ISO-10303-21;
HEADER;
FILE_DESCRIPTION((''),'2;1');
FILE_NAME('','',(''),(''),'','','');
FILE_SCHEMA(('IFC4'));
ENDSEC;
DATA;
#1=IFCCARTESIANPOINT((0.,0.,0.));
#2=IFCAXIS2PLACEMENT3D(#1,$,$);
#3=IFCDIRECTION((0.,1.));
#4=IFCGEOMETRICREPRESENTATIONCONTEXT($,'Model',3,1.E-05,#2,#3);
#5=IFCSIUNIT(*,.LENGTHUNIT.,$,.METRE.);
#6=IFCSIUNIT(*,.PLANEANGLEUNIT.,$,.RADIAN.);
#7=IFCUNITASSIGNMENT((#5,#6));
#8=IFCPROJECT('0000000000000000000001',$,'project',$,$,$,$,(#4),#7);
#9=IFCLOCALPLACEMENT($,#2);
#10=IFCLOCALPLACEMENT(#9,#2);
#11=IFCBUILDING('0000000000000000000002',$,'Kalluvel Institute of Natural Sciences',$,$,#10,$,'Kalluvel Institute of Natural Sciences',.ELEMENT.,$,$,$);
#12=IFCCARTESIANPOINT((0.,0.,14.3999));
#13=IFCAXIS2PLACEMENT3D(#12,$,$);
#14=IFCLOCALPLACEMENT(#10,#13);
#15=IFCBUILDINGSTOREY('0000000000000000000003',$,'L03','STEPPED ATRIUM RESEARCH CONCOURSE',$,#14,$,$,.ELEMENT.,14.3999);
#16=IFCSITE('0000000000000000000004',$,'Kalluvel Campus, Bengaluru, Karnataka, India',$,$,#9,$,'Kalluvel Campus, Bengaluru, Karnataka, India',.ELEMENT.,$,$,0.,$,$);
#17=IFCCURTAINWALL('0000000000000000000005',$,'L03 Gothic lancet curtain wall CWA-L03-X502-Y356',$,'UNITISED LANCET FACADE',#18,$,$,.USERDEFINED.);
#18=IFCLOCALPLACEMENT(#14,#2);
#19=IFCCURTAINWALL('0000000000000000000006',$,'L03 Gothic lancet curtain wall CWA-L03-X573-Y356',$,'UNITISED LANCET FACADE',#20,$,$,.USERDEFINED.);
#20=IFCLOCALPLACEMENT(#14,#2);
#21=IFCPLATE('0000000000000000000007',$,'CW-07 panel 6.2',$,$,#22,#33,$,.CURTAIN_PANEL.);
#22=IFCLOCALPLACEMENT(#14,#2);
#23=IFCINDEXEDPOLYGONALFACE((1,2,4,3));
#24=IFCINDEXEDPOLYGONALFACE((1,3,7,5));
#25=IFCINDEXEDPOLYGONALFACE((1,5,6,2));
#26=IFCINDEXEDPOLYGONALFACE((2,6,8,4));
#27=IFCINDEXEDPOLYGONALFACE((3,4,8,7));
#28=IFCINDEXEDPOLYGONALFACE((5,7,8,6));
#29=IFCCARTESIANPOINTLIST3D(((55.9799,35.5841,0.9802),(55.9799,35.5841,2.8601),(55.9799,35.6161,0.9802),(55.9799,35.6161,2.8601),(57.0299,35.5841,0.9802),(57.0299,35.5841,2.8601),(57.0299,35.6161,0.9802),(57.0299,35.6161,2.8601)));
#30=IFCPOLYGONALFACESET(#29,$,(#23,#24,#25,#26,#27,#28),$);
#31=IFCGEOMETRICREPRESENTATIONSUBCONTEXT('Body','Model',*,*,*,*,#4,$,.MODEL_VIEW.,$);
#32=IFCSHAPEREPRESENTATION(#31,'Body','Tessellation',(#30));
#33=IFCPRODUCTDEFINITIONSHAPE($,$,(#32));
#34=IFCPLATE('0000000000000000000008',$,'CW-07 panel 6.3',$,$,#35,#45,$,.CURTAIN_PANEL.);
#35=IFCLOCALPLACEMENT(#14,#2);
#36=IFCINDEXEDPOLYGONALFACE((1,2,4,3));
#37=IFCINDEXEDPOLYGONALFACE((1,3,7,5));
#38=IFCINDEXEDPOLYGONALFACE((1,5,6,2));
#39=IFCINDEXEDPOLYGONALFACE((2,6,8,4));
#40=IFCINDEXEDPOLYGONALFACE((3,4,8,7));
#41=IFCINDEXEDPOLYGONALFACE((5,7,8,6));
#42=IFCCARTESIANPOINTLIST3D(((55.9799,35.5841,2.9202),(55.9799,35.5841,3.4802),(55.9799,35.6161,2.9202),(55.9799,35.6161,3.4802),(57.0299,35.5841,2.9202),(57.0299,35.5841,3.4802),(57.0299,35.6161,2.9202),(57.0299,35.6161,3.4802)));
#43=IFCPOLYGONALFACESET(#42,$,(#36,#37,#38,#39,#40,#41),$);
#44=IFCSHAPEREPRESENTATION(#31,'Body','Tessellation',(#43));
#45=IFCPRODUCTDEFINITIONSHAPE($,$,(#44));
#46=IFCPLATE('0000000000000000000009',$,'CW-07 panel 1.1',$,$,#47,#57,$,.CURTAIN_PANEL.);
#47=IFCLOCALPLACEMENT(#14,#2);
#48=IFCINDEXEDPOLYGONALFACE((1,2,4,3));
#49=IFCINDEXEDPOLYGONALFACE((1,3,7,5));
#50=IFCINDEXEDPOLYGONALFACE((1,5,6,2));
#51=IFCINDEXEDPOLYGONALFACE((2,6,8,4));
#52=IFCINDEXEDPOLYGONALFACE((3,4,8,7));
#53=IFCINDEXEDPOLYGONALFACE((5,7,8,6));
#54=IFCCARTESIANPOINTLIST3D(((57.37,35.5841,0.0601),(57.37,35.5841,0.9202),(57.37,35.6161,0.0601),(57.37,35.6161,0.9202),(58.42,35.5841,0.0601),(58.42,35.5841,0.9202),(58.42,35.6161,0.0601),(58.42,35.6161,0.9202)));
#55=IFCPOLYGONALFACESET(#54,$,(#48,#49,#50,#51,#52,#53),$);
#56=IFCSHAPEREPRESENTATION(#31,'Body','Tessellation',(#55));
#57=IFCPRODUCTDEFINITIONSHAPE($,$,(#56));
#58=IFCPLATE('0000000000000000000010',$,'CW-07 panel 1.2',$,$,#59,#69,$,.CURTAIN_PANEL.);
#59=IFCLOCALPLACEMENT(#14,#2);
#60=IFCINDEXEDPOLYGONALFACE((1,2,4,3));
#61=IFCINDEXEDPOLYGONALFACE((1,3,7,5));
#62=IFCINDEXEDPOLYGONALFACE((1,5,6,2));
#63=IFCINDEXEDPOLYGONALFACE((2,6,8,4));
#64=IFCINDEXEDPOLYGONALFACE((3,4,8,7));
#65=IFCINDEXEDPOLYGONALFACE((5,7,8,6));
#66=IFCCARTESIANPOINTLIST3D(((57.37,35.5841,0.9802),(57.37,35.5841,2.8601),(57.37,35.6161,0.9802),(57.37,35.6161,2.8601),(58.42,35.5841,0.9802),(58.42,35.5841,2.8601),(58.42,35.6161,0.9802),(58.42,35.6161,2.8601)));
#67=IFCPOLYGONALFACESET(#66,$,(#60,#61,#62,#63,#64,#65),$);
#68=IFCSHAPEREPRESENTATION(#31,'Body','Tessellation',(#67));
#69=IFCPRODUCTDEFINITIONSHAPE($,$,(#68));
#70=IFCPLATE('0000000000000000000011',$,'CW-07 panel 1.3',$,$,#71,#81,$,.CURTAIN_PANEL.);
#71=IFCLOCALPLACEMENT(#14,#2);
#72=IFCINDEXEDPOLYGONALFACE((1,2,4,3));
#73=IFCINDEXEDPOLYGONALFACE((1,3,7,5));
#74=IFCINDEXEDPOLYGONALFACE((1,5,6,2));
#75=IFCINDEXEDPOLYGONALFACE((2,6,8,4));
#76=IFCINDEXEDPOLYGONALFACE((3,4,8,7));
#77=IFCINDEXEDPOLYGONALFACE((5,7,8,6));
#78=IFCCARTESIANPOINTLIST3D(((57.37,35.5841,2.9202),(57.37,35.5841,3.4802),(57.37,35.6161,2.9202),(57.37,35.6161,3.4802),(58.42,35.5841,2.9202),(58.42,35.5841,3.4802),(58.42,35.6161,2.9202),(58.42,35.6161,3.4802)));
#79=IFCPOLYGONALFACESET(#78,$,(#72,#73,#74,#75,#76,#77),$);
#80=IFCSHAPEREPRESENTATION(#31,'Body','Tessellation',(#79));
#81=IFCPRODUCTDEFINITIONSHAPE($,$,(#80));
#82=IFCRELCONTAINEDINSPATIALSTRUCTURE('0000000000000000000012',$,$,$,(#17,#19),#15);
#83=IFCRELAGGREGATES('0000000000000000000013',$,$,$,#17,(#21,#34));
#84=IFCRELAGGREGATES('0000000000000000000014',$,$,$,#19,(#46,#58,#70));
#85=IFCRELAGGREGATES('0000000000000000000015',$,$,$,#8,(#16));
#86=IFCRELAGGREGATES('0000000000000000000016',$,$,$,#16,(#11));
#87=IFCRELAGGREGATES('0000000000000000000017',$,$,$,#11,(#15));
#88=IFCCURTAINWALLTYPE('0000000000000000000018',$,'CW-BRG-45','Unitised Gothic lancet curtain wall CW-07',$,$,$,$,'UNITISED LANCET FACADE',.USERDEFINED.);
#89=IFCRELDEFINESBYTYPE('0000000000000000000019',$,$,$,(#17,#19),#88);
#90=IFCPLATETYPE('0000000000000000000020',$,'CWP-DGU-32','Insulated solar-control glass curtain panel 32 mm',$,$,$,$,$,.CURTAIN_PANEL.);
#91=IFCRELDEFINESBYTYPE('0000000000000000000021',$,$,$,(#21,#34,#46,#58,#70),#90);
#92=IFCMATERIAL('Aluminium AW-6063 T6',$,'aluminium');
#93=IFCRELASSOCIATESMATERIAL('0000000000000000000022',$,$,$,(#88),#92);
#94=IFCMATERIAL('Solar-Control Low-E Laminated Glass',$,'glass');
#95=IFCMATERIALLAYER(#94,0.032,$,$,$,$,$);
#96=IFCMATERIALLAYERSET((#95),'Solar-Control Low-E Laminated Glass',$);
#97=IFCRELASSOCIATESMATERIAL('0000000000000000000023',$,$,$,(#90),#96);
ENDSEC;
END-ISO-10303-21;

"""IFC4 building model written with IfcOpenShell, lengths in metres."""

from ifc_helpers import new_model, si_unit, direction, frame, origin, origin_2d, place, context, subcontext, project, spatial, rectangle, extrude, material, layer, layer_set, type_object, element, aggregate, save


model = new_model("IFC4")

# Units and contexts
model_context = context("Model", 3, precision=1e-05, world=origin(), true_north=direction((0.0, 1.0)))
body_context = subcontext(model_context, "Body", "Model", "MODEL_VIEW")
ifc_project = project(units=[si_unit("LENGTHUNIT", "METRE"), si_unit("PLANEANGLEUNIT", "RADIAN")], contexts=[model_context])

# Site, building, storey
site_placement = place(None, origin())
site = spatial("IfcSite", under=ifc_project, at=site_placement, Name="Kalluvel Campus, Bengaluru, Karnataka, India", LongName="Kalluvel Campus, Bengaluru, Karnataka, India", CompositionType="ELEMENT", RefElevation=0.0)
building_placement = place(site_placement, origin())
building = spatial("IfcBuilding", under=site, at=building_placement, Name="Kalluvel Institute of Natural Sciences", LongName="Kalluvel Institute of Natural Sciences", CompositionType="ELEMENT")
storey_placement = place(building_placement, frame((0.0, 0.0, 14.3999)))
storey = spatial("IfcBuildingStorey", under=building, at=storey_placement, Name="L03", Description="STEPPED ATRIUM RESEARCH CONCOURSE", CompositionType="ELEMENT", Elevation=14.3999)

# Curtain walls
ifc_material_1 = material(Name="Aluminium AW-6063 T6", Category="aluminium")
curtain_wall_type = type_object("IfcCurtainWallType", Name="CW-BRG-45", Description="Unitised Gothic lancet curtain wall CW-07", ElementType="UNITISED LANCET FACADE", PredefinedType="USERDEFINED", material=ifc_material_1)
curtain_wall_1_placement = place(storey_placement, origin())
curtain_wall_1 = element("IfcCurtainWall", 1, at=curtain_wall_1_placement, inside=storey, type_object=curtain_wall_type, Name="L03 Gothic lancet curtain wall CWA-L03-X502-Y356", ObjectType="UNITISED LANCET FACADE", PredefinedType="USERDEFINED")
curtain_wall_2_placement = place(storey_placement, origin())
curtain_wall_2 = element("IfcCurtainWall", 2, at=curtain_wall_2_placement, inside=storey, type_object=curtain_wall_type, Name="L03 Gothic lancet curtain wall CWA-L03-X573-Y356", ObjectType="UNITISED LANCET FACADE", PredefinedType="USERDEFINED")

# Plates
ifc_material_2 = material(Name="Solar-Control Low-E Laminated Glass", Category="glass")
ifc_layer = layer(ifc_material_2, 0.032)
ifc_layer_set = layer_set([ifc_layer], Name="Solar-Control Low-E Laminated Glass")
plate_type = type_object("IfcPlateType", Name="CWP-DGU-32", Description="Insulated solar-control glass curtain panel 32 mm", PredefinedType="CURTAIN_PANEL", material=ifc_layer_set)
plate_1_placement = place(storey_placement, frame((56.5049, 35.6001, 0.9802), z_axis=(0.0, 0.0, 1.0), x_axis=(1.0, 0.0, 0.0)))
plate_1 = element("IfcPlate", 3, at=plate_1_placement, type_object=plate_type, Name="CW-07 panel 6.2", PredefinedType="CURTAIN_PANEL", context=body_context, shape_type="SweptSolid", body=[
    extrude(rectangle(XDim=1.05, YDim=0.032, at=origin_2d()), origin(), (0.0, 0.0, 1.0), 1.8799),
])
plate_2_placement = place(storey_placement, frame((56.5049, 35.6001, 2.9202), z_axis=(0.0, 0.0, 1.0), x_axis=(1.0, 0.0, 0.0)))
plate_2 = element("IfcPlate", 4, at=plate_2_placement, type_object=plate_type, Name="CW-07 panel 6.3", PredefinedType="CURTAIN_PANEL", context=body_context, shape_type="SweptSolid", body=[
    extrude(rectangle(XDim=1.05, YDim=0.032, at=origin_2d()), origin(), (0.0, 0.0, 1.0), 0.5601),
])
aggregate(curtain_wall_1, [plate_1, plate_2])
plate_3_placement = place(storey_placement, frame((57.895, 35.6001, 0.0601), z_axis=(0.0, 0.0, 1.0), x_axis=(1.0, 0.0, 0.0)))
plate_3 = element("IfcPlate", 5, at=plate_3_placement, type_object=plate_type, Name="CW-07 panel 1.1", PredefinedType="CURTAIN_PANEL", context=body_context, shape_type="SweptSolid", body=[
    extrude(rectangle(XDim=1.05, YDim=0.032, at=origin_2d()), origin(), (0.0, 0.0, 1.0), 0.8601),
])
plate_4_placement = place(storey_placement, frame((57.895, 35.6001, 0.9802), z_axis=(0.0, 0.0, 1.0), x_axis=(1.0, 0.0, 0.0)))
plate_4 = element("IfcPlate", 6, at=plate_4_placement, type_object=plate_type, Name="CW-07 panel 1.2", PredefinedType="CURTAIN_PANEL", context=body_context, shape_type="SweptSolid", body=[
    extrude(rectangle(XDim=1.05, YDim=0.032, at=origin_2d()), origin(), (0.0, 0.0, 1.0), 1.8799),
])
plate_5_placement = place(storey_placement, frame((57.895, 35.6001, 2.9202), z_axis=(0.0, 0.0, 1.0), x_axis=(1.0, 0.0, 0.0)))
plate_5 = element("IfcPlate", 7, at=plate_5_placement, type_object=plate_type, Name="CW-07 panel 1.3", PredefinedType="CURTAIN_PANEL", context=body_context, shape_type="SweptSolid", body=[
    extrude(rectangle(XDim=1.05, YDim=0.032, at=origin_2d()), origin(), (0.0, 0.0, 1.0), 0.5601),
])
aggregate(curtain_wall_2, [plate_3, plate_4, plate_5])

save(model, "model.ifc")
